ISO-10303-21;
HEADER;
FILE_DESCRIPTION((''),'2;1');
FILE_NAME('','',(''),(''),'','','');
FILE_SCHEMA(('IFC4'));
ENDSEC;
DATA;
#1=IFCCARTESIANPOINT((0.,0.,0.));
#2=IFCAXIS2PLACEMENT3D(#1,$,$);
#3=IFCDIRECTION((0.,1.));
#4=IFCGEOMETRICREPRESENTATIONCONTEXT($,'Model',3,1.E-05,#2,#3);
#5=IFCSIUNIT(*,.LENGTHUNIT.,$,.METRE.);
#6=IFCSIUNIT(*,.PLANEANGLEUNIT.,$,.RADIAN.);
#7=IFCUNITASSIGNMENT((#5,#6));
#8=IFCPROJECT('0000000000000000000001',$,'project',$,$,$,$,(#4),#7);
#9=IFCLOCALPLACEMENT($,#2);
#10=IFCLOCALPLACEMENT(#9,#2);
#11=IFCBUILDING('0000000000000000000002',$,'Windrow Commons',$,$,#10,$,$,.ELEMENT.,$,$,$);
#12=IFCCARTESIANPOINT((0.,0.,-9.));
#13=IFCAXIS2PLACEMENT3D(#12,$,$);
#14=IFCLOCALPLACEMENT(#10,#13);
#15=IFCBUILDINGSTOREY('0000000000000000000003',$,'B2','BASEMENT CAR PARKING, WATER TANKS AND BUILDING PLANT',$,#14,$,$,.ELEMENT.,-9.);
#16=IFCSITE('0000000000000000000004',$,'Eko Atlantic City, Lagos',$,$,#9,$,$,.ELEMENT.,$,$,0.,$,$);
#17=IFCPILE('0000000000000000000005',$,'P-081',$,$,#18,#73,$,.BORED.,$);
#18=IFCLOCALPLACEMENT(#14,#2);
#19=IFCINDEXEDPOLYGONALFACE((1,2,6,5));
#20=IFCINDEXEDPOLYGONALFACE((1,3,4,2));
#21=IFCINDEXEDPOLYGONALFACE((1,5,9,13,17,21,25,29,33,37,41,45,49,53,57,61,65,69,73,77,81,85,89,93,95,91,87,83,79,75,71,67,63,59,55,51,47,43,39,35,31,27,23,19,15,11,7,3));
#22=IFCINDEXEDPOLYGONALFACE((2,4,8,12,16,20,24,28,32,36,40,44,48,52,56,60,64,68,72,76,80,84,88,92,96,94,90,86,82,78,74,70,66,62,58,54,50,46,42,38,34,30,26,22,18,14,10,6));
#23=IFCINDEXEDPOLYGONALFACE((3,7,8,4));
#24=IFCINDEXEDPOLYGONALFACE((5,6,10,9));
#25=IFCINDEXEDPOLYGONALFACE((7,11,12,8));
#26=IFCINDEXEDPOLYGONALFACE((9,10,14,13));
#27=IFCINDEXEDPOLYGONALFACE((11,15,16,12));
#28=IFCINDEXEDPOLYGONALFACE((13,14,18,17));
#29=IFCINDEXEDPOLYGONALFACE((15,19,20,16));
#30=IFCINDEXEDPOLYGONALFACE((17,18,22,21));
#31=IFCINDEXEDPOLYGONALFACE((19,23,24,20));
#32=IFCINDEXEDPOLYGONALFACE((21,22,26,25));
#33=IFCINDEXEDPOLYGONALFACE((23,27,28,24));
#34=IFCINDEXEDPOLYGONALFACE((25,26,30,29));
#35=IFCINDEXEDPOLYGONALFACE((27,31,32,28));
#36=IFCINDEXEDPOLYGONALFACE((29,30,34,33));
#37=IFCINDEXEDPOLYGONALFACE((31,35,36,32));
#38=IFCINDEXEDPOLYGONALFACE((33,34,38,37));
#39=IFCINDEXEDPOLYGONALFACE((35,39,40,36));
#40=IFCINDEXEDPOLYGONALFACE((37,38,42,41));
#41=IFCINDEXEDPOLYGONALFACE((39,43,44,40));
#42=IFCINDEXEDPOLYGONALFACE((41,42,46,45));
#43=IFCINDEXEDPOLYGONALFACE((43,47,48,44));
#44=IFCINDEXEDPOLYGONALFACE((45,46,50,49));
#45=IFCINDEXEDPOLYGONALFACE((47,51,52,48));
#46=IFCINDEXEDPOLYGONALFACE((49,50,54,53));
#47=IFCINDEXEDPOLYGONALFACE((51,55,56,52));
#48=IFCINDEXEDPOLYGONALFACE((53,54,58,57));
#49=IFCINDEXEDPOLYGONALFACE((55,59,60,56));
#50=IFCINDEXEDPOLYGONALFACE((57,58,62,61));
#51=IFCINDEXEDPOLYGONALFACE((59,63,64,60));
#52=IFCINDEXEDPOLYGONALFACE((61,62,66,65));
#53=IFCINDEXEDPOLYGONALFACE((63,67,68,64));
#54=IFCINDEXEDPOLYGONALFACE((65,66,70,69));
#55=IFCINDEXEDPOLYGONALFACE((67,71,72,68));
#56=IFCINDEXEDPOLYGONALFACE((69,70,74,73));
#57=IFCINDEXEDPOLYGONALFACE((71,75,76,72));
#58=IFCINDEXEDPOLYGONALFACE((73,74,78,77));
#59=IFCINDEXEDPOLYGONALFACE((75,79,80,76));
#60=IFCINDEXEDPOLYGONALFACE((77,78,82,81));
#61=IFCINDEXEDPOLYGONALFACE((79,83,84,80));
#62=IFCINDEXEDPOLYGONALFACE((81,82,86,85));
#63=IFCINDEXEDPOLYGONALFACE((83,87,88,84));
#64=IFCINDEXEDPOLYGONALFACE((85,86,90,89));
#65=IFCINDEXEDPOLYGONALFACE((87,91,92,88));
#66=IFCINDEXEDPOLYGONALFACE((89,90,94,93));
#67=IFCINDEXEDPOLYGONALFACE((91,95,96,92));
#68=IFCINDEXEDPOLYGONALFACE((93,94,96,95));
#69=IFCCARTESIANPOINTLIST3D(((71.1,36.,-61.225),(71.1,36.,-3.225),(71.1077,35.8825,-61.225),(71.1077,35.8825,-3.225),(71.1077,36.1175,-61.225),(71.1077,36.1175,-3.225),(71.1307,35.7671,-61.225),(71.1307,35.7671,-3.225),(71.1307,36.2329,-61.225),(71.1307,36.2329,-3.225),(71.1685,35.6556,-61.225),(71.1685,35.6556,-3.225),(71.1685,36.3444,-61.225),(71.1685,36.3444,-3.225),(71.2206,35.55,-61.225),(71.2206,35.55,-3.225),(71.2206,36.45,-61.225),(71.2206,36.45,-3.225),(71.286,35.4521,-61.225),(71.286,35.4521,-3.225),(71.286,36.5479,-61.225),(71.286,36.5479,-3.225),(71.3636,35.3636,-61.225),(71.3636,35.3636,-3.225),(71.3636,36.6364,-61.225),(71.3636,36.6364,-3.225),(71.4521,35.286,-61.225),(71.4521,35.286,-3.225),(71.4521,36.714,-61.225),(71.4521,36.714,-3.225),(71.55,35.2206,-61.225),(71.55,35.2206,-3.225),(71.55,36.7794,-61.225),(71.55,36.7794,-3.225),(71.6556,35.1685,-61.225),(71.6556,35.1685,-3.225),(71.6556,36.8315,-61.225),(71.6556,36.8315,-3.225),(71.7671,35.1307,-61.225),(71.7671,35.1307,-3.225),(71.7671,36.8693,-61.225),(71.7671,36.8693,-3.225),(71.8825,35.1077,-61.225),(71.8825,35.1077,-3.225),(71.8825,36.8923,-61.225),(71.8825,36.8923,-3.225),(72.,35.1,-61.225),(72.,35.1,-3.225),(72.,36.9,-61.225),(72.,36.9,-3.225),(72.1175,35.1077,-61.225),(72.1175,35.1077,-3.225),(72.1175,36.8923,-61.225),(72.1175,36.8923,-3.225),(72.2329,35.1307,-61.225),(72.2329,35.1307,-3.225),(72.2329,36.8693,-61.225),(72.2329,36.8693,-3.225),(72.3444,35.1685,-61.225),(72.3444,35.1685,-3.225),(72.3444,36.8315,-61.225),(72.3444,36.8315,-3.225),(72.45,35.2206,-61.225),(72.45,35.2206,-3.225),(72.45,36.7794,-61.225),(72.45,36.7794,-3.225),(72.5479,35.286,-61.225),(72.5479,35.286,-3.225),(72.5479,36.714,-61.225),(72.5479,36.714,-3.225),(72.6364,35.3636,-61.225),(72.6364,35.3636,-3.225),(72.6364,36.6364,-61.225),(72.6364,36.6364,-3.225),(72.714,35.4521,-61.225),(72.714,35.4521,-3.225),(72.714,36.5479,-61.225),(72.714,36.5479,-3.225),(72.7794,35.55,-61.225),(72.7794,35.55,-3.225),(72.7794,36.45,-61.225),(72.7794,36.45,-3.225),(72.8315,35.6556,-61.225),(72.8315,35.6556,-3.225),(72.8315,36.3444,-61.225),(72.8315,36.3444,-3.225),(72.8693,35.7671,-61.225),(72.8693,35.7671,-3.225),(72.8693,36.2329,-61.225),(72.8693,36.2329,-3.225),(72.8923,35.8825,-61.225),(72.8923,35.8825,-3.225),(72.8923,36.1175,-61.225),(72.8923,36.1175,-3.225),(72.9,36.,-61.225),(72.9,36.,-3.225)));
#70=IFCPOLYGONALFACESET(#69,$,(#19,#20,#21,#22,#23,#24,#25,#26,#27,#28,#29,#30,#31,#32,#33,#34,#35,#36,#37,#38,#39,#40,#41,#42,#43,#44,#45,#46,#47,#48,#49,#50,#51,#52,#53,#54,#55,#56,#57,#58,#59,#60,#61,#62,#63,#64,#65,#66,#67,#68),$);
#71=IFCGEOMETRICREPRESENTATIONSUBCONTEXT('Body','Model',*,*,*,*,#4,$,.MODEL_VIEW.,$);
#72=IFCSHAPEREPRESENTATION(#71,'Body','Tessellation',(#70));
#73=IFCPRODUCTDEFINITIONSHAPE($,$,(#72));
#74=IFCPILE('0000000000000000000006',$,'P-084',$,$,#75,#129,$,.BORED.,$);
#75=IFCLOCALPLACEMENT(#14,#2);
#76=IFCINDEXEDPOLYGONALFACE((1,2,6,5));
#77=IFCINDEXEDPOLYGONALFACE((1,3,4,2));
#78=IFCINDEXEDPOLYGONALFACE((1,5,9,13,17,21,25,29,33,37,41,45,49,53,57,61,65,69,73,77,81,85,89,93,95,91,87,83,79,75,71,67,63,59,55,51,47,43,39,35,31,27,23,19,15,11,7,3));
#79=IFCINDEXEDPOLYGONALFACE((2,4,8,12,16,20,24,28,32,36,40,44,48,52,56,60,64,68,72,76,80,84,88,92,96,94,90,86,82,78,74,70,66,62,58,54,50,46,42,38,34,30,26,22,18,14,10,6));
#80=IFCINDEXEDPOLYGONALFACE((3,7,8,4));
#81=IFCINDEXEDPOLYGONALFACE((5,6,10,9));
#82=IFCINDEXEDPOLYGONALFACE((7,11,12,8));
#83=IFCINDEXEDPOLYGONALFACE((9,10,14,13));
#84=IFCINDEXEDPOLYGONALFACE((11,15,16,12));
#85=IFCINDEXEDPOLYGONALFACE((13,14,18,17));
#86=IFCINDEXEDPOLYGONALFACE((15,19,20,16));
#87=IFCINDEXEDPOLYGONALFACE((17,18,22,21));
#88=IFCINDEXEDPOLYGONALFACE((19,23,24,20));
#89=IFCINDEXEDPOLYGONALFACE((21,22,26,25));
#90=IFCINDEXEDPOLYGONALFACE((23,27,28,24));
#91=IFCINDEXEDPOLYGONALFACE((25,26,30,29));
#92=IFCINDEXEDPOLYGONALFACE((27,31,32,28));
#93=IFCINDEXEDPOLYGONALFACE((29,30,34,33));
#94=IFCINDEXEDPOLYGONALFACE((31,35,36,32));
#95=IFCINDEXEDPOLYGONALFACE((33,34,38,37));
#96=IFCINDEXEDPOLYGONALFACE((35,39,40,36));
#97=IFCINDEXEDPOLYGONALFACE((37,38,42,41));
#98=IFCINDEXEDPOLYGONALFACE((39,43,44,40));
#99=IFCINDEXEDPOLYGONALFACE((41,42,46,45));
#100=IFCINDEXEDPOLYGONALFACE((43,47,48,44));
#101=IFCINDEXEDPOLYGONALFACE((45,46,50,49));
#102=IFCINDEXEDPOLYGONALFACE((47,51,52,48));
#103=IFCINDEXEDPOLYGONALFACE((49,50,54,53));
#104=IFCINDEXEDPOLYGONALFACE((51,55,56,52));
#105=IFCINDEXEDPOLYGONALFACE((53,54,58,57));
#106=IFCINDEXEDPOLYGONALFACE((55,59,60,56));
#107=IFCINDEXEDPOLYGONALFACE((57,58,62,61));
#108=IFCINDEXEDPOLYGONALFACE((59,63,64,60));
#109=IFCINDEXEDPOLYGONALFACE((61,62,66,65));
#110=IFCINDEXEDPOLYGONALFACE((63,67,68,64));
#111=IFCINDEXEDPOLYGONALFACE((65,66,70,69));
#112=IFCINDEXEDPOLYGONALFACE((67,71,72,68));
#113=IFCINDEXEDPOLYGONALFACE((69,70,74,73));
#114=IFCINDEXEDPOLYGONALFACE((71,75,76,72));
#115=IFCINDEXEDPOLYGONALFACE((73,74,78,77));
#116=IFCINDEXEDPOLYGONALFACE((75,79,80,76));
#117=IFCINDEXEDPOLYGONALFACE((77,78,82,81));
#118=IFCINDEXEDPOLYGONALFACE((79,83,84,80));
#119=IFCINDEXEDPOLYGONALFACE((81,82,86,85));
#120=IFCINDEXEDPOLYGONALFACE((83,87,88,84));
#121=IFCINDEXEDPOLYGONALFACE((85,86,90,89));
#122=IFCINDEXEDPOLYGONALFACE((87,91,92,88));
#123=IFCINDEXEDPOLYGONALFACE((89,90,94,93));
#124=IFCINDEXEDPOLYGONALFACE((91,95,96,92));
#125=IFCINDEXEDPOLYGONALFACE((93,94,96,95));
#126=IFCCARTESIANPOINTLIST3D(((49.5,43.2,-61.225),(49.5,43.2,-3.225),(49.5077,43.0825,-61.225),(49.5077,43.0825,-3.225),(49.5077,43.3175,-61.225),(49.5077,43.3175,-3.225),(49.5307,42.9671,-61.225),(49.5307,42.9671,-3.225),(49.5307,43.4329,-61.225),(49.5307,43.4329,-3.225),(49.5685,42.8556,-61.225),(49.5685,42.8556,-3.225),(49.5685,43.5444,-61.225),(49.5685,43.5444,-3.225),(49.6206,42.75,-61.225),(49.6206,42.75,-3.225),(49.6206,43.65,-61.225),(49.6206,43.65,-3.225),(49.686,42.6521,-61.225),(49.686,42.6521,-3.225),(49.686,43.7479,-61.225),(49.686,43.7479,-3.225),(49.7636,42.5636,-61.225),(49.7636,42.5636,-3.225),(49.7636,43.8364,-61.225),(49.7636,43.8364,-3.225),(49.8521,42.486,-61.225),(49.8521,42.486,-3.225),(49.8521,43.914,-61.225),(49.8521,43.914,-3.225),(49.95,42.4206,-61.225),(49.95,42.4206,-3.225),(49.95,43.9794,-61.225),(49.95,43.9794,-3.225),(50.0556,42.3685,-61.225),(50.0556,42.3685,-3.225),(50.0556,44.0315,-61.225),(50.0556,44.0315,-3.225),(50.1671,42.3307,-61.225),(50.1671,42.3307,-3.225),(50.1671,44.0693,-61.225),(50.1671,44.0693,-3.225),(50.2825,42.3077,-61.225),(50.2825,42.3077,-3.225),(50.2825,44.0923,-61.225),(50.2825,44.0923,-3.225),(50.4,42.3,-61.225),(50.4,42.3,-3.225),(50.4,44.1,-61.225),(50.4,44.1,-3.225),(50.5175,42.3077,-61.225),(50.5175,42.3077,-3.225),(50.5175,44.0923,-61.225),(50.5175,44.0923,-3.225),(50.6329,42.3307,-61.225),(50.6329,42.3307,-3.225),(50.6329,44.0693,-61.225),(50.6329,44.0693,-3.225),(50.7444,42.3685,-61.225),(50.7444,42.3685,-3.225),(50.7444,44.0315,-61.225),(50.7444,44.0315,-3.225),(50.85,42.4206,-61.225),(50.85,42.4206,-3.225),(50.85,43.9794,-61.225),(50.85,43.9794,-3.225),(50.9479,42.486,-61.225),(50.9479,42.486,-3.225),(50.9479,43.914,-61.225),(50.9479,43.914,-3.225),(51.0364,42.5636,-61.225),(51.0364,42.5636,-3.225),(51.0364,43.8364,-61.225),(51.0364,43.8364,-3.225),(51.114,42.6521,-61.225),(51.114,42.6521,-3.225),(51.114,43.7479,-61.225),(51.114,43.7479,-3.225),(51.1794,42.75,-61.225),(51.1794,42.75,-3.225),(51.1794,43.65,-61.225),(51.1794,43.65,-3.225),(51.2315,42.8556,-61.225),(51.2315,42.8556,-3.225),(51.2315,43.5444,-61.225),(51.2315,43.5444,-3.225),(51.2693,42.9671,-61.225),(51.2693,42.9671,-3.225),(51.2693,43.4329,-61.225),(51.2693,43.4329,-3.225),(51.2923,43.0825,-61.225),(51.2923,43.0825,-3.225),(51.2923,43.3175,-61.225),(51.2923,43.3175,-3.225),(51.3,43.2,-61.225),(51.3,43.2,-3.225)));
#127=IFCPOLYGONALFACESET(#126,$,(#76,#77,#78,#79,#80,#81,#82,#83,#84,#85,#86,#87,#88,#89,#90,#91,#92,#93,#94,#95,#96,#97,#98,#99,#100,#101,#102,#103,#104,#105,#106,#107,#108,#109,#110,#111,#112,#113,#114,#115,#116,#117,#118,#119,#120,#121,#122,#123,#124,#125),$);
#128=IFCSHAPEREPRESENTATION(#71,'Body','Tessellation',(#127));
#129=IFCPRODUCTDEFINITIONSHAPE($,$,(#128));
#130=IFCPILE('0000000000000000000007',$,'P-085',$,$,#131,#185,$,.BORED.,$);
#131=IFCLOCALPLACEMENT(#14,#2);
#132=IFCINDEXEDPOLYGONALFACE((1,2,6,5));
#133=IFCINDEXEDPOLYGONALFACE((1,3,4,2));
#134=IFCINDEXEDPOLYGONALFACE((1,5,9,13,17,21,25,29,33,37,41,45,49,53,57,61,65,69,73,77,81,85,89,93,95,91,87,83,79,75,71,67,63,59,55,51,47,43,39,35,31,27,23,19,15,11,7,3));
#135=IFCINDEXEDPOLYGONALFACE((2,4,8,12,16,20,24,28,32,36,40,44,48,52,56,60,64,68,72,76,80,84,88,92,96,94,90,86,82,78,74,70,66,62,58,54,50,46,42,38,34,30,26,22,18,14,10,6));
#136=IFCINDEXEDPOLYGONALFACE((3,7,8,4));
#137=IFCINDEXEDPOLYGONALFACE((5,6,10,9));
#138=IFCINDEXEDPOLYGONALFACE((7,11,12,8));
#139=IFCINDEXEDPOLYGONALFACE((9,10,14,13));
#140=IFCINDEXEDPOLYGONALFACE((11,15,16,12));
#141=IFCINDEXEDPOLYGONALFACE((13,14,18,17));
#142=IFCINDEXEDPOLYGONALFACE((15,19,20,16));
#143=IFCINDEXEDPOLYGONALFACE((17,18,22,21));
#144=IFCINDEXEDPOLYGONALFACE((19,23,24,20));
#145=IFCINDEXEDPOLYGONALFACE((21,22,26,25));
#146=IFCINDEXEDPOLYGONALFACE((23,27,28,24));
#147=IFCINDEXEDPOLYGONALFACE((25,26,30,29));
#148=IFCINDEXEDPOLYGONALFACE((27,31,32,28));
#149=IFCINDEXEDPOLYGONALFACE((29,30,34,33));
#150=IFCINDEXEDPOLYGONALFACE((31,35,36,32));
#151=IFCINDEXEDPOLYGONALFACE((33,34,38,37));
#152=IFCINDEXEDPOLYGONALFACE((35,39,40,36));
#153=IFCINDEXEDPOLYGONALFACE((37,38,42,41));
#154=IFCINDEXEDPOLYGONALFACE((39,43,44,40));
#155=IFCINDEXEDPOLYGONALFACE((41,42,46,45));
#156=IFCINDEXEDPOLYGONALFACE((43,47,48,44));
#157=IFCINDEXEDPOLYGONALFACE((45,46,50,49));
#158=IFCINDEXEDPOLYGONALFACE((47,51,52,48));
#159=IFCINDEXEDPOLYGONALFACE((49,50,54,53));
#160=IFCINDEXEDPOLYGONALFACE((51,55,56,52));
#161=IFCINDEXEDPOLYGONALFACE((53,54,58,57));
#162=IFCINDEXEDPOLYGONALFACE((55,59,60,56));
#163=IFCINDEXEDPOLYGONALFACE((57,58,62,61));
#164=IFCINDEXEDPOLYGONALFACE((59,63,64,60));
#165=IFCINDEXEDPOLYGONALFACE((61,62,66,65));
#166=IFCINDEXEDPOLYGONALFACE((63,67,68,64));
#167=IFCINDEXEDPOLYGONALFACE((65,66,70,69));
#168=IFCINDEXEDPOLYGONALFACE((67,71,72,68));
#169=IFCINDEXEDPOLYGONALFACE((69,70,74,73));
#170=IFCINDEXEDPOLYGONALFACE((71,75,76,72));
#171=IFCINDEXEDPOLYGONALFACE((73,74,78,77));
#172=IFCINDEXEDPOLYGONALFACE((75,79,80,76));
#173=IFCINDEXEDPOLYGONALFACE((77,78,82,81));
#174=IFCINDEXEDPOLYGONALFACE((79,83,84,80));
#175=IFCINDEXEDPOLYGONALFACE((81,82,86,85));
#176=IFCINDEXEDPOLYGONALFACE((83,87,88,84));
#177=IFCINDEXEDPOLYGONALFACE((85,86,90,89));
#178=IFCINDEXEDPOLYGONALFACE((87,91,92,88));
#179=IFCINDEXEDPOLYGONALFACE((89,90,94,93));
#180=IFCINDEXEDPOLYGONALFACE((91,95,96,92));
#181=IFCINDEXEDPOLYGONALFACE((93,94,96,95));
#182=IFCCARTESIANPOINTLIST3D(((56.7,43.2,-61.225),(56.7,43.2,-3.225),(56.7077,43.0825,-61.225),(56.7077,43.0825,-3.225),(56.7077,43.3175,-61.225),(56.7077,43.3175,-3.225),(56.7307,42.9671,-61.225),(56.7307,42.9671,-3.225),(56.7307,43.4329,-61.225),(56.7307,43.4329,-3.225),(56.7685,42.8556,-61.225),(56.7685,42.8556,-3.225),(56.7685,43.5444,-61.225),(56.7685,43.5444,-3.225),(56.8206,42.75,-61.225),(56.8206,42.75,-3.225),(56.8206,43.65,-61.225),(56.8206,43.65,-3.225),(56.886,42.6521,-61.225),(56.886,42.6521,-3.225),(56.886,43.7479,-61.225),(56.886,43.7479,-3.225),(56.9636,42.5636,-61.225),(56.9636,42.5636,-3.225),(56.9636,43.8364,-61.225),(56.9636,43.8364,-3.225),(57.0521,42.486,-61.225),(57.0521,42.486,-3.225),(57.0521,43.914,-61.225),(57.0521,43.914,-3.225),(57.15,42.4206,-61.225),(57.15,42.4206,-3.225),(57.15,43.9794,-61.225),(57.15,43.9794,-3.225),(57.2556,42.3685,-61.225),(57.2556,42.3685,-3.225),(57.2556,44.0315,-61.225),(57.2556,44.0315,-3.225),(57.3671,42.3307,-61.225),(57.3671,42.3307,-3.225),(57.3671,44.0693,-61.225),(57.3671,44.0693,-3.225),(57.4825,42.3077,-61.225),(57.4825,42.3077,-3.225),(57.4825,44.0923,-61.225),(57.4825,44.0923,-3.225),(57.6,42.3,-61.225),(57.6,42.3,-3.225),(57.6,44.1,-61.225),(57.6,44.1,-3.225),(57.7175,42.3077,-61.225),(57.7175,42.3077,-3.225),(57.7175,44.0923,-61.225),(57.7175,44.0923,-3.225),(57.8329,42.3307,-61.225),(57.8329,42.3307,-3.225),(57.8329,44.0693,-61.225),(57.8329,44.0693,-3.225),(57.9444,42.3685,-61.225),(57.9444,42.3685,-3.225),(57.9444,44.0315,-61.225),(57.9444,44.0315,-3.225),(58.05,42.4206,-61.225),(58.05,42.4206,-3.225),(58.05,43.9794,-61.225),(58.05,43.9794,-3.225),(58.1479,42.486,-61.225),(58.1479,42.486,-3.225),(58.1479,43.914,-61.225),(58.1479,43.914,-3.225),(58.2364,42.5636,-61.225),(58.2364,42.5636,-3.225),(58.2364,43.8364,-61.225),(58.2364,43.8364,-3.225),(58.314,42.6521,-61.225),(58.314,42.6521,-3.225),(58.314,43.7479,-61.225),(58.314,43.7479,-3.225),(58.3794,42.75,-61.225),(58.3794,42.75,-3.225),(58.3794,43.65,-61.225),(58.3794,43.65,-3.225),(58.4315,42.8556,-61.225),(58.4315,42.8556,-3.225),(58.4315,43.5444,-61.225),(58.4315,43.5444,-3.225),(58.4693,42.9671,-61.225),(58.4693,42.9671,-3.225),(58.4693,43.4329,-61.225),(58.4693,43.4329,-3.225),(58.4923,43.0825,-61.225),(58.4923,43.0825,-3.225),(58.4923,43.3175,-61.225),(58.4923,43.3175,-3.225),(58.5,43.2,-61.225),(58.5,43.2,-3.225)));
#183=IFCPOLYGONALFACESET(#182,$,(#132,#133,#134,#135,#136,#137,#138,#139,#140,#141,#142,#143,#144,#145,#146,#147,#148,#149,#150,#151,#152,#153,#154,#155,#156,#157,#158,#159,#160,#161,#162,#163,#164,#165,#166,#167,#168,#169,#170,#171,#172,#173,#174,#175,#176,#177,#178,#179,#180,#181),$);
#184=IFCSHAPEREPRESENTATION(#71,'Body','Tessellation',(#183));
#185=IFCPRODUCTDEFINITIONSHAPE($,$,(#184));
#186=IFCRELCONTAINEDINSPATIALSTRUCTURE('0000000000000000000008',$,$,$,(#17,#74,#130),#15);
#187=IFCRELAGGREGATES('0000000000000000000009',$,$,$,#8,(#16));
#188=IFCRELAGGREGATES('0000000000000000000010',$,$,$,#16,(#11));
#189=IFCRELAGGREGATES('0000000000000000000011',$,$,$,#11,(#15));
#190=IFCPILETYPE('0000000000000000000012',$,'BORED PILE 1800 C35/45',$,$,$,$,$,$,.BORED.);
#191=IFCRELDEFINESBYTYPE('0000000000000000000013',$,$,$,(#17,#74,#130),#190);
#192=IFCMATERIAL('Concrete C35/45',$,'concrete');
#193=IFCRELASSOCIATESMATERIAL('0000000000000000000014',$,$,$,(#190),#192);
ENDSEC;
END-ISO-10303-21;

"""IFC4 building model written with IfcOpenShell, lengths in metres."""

from ifc_helpers import new_model, si_unit, direction, frame, origin, origin_2d, place, context, subcontext, project, spatial, circle, extrude, material, material_profile, profile_set, type_object, element, save


model = new_model("IFC4")

# Units and contexts
model_context = context("Model", 3, precision=1e-05, world=origin(), true_north=direction((0.0, 1.0)))
body_context = subcontext(model_context, "Body", "Model", "MODEL_VIEW")
ifc_project = project(units=[si_unit("LENGTHUNIT", "METRE"), si_unit("PLANEANGLEUNIT", "RADIAN")], contexts=[model_context])

# Site, building, storey
site_placement = place(None, origin())
site = spatial("IfcSite", under=ifc_project, at=site_placement, Name="Eko Atlantic City, Lagos", CompositionType="ELEMENT", RefElevation=0.0)
building_placement = place(site_placement, origin())
building = spatial("IfcBuilding", under=site, at=building_placement, Name="Windrow Commons", CompositionType="ELEMENT")
storey_placement = place(building_placement, frame((0.0, 0.0, -9.0)))
storey = spatial("IfcBuildingStorey", under=building, at=storey_placement, Name="B2", Description="BASEMENT CAR PARKING, WATER TANKS AND BUILDING PLANT", CompositionType="ELEMENT", Elevation=-9.0)

# Piles
ifc_material_1 = material(Name="Concrete C35/45", Category="concrete")
ifc_material_profile_1 = material_profile(ifc_material_1, circle(Radius=0.9, at=origin_2d()))
ifc_profile_set_1 = profile_set([ifc_material_profile_1], Name="Concrete C35/45")
pile_type = type_object("IfcPileType", Name="BORED PILE 1800 C35/45", PredefinedType="BORED", material=ifc_profile_set_1)
for number, where, z_axis, x_axis, name in (
    (1, (72.0, 36.0, -3.225), (0.0, 0.0, -1.0), (1.0, 0.0, 0.0), "P-081"),
    (2, (50.4, 43.2, -3.225), (0.0, 0.0, -1.0), (1.0, 0.0, 0.0), "P-084"),
    (3, (57.6, 43.2, -3.225), (0.0, 0.0, -1.0), (1.0, 0.0, 0.0), "P-085"),
):
    element("IfcPile", number, at=place(storey_placement, frame(where, z_axis=z_axis, x_axis=x_axis)), inside=storey, type_object=pile_type, Name=name, PredefinedType="BORED", context=body_context, shape_type="SweptSolid", body=[
        extrude(circle(Radius=0.9, at=origin_2d()), origin(), (0.0, 0.0, 1.0), 58.0),
    ])

save(model, "model.ifc")
